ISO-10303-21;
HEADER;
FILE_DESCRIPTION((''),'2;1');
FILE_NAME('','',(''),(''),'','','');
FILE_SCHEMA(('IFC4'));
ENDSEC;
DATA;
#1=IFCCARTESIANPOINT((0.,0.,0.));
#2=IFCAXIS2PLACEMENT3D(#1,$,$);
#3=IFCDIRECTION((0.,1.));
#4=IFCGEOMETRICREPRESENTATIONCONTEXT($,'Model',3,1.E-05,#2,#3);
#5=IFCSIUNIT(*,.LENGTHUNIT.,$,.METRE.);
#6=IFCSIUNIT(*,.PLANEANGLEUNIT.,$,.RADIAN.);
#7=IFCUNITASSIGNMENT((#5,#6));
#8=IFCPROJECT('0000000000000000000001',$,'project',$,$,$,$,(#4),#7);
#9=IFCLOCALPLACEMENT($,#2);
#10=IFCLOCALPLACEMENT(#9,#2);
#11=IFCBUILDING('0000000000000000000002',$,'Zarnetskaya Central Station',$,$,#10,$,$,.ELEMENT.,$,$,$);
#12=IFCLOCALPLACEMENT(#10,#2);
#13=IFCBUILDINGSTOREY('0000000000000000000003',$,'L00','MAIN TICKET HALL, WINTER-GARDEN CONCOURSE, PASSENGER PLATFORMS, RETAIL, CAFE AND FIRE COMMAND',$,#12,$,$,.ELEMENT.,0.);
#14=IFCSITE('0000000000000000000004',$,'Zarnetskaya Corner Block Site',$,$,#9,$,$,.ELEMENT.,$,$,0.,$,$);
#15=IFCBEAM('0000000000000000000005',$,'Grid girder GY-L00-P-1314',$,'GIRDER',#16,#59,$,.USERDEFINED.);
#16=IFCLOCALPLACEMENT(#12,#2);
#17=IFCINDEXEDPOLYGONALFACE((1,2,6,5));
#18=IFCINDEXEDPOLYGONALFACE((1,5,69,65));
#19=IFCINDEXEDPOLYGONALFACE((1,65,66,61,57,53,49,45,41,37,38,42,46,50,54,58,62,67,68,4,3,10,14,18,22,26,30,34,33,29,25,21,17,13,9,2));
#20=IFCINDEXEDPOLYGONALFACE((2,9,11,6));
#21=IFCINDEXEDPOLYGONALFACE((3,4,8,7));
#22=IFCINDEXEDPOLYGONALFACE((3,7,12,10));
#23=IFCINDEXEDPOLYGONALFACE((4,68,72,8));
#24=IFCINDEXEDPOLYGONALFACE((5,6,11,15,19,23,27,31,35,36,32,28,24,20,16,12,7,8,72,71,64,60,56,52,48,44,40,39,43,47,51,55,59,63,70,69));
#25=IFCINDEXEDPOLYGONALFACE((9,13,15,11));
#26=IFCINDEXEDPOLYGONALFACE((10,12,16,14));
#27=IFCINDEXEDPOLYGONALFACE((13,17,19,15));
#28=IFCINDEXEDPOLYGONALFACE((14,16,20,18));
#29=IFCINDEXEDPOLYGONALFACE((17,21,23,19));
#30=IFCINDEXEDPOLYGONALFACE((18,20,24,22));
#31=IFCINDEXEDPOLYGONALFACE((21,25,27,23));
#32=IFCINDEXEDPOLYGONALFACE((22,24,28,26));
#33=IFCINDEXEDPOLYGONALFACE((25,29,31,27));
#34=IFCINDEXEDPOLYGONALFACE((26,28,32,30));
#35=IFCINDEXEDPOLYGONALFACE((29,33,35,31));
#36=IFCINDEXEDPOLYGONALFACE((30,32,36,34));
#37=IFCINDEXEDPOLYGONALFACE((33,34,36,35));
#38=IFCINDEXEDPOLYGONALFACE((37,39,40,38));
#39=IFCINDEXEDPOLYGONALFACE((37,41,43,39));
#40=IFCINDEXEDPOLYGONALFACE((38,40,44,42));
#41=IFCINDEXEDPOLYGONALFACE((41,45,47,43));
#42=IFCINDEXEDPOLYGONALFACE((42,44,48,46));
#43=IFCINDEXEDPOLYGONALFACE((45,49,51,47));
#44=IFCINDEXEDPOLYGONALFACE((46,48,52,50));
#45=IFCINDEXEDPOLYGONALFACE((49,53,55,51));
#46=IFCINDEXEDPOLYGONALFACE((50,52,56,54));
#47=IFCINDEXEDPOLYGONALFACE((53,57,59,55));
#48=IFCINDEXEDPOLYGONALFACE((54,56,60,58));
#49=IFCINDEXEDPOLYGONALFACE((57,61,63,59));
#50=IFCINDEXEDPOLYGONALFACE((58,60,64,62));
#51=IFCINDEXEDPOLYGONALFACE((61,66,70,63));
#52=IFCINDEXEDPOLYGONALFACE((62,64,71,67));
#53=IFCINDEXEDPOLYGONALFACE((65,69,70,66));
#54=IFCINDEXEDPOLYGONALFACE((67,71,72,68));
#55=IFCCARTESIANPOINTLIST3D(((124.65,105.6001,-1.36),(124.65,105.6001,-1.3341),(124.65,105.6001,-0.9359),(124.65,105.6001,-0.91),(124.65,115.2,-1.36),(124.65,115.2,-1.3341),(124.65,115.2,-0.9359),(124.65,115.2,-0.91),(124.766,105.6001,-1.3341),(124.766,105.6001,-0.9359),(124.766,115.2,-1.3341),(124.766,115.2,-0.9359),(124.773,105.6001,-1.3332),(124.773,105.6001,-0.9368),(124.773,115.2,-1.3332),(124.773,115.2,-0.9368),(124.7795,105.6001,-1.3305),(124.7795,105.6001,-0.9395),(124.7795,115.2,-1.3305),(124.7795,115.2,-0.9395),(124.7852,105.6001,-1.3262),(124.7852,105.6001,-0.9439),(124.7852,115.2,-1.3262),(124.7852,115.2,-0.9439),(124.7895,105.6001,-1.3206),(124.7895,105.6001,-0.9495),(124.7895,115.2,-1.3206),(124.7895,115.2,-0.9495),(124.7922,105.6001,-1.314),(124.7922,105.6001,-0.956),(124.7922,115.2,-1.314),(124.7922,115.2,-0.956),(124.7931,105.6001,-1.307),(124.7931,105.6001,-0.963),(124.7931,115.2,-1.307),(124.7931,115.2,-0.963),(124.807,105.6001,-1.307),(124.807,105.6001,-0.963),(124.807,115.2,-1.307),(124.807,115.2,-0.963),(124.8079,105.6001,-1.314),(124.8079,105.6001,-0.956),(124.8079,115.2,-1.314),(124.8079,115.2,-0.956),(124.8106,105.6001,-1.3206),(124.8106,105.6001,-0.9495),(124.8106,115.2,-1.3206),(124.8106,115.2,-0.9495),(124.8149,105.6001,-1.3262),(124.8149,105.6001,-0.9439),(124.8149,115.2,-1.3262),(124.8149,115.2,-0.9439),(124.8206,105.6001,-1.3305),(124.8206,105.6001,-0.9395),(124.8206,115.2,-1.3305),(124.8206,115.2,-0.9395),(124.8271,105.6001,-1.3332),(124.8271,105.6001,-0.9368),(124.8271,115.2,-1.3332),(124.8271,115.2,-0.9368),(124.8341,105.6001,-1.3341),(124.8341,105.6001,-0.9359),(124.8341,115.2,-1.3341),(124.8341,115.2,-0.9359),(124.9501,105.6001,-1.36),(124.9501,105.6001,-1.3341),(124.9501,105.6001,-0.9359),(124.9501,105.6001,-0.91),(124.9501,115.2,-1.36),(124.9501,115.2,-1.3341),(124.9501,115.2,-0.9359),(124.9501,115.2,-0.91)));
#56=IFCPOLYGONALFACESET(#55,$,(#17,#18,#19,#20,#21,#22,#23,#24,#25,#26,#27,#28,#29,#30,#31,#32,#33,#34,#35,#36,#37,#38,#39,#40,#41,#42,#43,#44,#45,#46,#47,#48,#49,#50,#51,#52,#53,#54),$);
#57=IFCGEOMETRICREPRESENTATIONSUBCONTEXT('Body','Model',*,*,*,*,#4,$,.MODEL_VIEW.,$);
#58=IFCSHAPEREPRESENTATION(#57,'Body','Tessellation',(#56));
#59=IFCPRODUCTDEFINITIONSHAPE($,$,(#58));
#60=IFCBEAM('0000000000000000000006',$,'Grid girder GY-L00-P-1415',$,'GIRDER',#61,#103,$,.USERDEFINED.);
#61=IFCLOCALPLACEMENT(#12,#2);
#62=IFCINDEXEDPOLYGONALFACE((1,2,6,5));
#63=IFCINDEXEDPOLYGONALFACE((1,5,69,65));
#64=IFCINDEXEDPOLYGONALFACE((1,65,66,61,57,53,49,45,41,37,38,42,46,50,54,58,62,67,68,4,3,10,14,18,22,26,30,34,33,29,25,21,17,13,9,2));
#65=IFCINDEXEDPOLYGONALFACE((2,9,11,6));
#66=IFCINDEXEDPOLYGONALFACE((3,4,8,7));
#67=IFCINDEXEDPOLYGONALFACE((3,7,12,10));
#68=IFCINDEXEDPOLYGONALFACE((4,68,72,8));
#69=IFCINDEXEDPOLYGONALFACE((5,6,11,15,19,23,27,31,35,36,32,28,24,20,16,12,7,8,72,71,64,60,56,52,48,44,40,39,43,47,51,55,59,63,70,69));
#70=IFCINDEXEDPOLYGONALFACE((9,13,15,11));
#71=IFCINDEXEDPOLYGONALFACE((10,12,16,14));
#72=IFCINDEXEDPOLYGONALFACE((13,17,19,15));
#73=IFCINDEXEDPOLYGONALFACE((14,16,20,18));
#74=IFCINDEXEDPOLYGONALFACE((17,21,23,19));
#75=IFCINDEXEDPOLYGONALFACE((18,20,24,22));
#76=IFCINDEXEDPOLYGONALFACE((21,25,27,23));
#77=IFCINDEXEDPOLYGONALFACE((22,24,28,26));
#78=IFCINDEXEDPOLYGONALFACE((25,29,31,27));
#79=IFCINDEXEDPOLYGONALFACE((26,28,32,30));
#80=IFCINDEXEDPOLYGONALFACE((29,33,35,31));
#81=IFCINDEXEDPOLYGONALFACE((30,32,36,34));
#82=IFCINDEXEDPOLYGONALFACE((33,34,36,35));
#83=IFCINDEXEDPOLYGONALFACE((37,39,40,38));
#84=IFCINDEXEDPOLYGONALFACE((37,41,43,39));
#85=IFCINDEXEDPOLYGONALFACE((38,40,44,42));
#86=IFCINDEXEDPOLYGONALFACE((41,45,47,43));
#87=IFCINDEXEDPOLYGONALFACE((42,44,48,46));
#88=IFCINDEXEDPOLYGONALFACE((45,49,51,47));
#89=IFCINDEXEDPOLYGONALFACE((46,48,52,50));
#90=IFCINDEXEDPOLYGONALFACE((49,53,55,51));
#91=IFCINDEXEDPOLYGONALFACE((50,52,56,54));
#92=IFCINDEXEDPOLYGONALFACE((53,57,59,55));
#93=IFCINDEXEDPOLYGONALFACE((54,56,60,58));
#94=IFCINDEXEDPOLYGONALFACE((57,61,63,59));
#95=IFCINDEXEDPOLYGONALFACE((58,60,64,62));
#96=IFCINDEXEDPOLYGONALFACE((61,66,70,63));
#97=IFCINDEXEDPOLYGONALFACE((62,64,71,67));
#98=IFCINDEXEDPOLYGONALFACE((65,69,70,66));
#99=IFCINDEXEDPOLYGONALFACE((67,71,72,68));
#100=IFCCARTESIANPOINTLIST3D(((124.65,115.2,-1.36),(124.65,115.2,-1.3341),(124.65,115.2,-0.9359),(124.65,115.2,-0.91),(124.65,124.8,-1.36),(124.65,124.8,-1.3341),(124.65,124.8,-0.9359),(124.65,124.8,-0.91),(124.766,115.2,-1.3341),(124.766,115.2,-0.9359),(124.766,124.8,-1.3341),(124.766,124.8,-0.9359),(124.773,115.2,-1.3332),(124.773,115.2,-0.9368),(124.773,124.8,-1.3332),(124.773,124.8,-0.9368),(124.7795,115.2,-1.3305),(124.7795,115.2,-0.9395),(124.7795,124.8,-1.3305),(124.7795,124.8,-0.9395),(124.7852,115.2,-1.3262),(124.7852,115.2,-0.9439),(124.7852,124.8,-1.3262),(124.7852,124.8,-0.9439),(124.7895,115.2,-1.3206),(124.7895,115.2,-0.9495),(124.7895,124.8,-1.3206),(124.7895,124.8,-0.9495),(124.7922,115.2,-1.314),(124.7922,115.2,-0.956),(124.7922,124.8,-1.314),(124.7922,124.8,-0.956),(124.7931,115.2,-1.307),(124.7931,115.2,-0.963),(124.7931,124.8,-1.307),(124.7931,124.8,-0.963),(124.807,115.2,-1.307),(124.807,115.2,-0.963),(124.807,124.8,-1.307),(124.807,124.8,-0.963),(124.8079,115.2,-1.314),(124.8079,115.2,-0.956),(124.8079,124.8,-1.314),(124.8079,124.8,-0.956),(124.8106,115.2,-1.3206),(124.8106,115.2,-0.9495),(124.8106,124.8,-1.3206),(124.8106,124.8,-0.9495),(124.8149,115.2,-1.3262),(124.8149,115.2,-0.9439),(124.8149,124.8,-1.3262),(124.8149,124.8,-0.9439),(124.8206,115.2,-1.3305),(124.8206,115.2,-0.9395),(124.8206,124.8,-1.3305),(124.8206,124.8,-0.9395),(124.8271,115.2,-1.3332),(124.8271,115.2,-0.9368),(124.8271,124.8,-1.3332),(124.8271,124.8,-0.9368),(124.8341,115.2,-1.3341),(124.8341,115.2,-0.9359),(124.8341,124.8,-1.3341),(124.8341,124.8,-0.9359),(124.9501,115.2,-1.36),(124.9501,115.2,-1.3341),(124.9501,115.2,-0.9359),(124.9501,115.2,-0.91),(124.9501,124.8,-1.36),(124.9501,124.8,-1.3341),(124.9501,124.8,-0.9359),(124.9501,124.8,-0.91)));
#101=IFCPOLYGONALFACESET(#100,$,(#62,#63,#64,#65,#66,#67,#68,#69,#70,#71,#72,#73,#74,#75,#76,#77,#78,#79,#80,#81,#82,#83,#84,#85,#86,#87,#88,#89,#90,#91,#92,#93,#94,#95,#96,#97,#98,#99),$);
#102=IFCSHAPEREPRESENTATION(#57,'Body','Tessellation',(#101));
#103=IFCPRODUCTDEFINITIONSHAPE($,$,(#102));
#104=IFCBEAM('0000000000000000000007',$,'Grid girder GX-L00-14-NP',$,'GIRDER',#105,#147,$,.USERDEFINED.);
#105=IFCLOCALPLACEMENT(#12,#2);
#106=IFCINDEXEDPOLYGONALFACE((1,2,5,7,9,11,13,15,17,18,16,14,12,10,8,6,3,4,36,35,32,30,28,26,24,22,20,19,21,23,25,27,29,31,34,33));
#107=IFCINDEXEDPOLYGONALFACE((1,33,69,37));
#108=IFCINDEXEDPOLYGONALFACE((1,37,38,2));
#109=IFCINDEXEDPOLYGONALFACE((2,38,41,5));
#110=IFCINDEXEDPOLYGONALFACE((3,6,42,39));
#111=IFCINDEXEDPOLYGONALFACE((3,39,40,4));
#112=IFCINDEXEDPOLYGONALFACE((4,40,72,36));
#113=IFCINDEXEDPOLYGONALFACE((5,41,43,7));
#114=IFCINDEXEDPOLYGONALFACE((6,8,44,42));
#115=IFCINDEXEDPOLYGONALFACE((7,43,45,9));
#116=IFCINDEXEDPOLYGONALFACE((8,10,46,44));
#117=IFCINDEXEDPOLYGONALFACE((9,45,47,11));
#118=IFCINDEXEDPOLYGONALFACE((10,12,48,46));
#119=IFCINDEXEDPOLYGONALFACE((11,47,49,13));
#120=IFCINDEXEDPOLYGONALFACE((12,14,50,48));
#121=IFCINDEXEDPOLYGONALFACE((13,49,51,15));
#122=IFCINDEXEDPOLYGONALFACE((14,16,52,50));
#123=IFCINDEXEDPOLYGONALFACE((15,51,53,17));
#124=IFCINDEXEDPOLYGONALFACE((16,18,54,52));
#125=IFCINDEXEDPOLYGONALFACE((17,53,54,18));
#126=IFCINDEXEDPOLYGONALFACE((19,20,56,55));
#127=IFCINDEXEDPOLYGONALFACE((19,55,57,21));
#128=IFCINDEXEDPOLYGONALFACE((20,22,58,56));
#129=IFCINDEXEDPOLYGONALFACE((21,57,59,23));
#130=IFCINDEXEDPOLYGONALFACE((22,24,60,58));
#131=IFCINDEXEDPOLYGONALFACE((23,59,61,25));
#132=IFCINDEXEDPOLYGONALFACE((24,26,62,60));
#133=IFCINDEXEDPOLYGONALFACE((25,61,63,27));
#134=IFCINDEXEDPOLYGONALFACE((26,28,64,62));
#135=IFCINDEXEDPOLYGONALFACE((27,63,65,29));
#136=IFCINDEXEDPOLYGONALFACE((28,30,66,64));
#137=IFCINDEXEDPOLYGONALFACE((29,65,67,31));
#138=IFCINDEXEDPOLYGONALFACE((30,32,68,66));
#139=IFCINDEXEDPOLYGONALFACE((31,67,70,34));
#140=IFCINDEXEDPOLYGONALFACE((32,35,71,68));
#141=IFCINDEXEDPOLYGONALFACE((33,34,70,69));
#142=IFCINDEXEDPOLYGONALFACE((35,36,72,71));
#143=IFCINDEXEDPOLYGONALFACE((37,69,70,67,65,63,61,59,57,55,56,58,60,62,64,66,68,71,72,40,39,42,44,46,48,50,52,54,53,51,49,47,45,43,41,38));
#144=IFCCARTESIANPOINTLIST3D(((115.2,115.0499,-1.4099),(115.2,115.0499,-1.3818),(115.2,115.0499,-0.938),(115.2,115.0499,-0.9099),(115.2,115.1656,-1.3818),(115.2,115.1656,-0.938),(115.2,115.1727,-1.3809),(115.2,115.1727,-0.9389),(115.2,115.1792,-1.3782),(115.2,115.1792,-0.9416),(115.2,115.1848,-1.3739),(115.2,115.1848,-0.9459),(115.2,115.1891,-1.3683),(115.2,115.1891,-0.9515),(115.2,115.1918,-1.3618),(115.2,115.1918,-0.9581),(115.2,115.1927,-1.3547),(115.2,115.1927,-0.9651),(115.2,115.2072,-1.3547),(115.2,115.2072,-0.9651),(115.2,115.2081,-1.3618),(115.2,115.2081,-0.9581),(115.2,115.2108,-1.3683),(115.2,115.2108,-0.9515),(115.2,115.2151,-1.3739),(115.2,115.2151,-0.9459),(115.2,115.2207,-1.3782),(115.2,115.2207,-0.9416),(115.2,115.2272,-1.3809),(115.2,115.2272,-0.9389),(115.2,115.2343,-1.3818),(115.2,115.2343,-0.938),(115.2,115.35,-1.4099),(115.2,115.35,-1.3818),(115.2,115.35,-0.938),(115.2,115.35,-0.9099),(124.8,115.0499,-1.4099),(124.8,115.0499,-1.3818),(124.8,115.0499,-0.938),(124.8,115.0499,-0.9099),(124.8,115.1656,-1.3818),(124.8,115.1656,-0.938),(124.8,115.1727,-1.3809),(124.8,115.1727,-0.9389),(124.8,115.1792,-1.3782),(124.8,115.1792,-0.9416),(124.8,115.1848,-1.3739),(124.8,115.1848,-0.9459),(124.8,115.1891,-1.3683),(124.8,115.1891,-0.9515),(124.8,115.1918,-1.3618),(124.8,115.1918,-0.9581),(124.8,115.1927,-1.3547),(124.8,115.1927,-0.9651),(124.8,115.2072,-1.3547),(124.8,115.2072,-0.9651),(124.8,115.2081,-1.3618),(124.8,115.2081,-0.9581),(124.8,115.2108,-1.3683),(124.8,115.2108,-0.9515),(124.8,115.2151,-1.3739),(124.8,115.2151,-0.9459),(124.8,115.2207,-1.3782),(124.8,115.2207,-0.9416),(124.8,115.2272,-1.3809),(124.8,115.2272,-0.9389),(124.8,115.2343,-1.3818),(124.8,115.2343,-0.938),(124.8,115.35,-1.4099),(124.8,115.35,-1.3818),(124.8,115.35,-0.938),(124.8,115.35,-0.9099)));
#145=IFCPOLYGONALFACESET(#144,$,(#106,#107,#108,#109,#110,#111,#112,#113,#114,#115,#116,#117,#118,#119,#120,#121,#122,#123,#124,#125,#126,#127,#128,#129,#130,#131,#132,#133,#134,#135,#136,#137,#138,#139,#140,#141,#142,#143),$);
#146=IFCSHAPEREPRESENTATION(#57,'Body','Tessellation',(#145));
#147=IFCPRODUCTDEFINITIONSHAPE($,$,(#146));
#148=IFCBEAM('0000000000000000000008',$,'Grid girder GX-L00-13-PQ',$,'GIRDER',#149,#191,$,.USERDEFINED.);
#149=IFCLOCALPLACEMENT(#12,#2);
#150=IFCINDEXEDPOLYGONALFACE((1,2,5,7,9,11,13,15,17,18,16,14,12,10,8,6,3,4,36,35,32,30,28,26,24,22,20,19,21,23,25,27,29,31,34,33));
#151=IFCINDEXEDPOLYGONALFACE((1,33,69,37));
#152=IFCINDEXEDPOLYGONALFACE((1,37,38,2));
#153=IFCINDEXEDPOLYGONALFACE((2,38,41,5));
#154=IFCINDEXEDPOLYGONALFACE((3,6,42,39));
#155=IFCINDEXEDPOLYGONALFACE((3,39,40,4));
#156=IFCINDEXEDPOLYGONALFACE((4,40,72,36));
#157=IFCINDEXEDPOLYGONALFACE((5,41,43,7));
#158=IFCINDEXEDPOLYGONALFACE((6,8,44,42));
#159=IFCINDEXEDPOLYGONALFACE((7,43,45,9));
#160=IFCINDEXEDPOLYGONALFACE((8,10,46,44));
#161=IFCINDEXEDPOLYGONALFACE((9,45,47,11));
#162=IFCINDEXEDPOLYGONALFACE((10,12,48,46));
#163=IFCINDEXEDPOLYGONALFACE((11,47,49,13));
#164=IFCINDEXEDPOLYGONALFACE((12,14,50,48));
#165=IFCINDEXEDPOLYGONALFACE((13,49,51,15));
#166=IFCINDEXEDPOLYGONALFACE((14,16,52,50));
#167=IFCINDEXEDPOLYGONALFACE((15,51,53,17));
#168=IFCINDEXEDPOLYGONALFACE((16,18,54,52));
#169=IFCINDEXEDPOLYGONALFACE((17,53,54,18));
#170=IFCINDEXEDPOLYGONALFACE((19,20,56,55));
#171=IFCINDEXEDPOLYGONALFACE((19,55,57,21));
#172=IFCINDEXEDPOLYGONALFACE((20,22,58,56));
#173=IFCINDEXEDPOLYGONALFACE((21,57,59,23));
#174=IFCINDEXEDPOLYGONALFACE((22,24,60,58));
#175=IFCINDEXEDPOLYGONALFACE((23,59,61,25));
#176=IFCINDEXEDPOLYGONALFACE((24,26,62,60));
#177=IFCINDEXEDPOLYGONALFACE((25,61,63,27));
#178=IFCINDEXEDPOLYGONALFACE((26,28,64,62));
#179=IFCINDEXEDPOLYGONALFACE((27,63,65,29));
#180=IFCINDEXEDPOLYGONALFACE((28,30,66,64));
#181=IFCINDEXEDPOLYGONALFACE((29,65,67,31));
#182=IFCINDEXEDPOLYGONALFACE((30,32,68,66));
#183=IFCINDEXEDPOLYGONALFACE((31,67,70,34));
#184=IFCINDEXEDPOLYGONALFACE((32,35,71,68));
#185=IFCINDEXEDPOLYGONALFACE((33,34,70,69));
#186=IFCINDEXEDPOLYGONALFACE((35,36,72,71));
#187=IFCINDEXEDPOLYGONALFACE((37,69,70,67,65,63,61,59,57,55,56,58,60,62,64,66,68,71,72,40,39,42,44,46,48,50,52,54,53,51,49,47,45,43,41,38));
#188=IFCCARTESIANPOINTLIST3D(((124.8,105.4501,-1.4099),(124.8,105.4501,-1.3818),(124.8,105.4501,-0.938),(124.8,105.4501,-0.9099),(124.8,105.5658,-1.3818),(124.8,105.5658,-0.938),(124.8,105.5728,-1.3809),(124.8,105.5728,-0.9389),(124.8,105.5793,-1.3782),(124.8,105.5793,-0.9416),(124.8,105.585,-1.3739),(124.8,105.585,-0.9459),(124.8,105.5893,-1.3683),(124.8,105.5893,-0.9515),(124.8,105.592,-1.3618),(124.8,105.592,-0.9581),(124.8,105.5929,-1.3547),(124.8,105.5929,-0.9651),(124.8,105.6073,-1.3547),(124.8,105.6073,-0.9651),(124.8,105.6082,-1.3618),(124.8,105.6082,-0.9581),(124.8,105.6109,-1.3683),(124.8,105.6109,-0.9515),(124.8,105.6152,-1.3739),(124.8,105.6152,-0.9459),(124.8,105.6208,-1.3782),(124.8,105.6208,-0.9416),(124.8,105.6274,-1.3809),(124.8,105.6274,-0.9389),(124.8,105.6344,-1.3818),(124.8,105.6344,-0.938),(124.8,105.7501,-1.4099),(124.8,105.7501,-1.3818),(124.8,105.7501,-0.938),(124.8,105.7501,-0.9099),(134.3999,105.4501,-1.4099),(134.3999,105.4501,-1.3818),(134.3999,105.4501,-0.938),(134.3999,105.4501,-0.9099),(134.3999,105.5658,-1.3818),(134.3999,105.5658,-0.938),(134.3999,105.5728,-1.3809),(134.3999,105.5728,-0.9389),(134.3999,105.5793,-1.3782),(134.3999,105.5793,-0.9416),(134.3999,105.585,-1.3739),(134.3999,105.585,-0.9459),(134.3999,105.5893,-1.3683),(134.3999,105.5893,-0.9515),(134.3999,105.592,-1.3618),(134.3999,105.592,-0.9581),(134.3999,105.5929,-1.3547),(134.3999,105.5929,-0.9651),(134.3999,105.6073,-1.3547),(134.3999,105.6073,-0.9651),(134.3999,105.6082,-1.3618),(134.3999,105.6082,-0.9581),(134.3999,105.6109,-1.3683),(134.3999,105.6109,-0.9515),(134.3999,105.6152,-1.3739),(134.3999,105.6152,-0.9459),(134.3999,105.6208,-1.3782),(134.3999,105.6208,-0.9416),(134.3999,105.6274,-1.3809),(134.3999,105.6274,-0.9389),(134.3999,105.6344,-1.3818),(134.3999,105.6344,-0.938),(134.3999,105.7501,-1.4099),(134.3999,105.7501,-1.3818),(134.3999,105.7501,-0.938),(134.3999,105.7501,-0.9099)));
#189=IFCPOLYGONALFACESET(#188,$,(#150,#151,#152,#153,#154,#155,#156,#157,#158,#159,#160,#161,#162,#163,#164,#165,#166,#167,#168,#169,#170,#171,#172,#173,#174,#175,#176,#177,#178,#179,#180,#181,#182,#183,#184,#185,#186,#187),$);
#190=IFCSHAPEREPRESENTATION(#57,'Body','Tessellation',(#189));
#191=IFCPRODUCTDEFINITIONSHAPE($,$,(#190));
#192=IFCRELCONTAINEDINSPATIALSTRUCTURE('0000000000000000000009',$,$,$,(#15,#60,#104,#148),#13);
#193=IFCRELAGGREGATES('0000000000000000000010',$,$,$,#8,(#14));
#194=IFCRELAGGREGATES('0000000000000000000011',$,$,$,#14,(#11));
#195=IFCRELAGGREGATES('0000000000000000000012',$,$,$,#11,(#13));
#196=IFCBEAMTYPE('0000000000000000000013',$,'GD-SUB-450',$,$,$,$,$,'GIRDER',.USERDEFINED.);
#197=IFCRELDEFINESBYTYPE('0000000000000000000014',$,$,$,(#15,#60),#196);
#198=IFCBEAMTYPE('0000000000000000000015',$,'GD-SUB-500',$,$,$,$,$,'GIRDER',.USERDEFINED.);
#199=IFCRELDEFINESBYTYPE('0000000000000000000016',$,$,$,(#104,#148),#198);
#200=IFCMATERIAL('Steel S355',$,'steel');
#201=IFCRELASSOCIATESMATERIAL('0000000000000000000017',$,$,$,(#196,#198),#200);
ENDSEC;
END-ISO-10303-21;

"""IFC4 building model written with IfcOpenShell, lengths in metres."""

from ifc_helpers import new_model, si_unit, direction, frame, origin, origin_2d, place, context, subcontext, project, spatial, i_section, extrude, material, material_profile, profile_set, type_object, element, save


model = new_model("IFC4")

# Units and contexts
model_context = context("Model", 3, precision=1e-05, world=origin(), true_north=direction((0.0, 1.0)))
body_context = subcontext(model_context, "Body", "Model", "MODEL_VIEW")
ifc_project = project(units=[si_unit("LENGTHUNIT", "METRE"), si_unit("PLANEANGLEUNIT", "RADIAN")], contexts=[model_context])

# Site, building, storey
site_placement = place(None, origin())
site = spatial("IfcSite", under=ifc_project, at=site_placement, Name="Zarnetskaya Corner Block Site", CompositionType="ELEMENT", RefElevation=0.0)
building_placement = place(site_placement, origin())
building = spatial("IfcBuilding", under=site, at=building_placement, Name="Zarnetskaya Central Station", CompositionType="ELEMENT")
storey_placement = place(building_placement, origin())
storey = spatial("IfcBuildingStorey", under=building, at=storey_placement, Name="L00", Description="MAIN TICKET HALL, WINTER-GARDEN CONCOURSE, PASSENGER PLATFORMS, RETAIL, CAFE AND FIRE COMMAND", CompositionType="ELEMENT", Elevation=0.0)

# Shared definitions
ifc_material = material(Name="Steel S355", Category="steel")

# Beams
ifc_material_profile_1 = material_profile(ifc_material, i_section(OverallWidth=0.3, OverallDepth=0.45, WebThickness=0.0139, FlangeThickness=0.0259, FilletRadius=0.0271, at=origin_2d()), Name="HEB 450")
ifc_profile_set_1 = profile_set([ifc_material_profile_1], Name="Steel S355")
beam_type_1 = type_object("IfcBeamType", Name="GD-SUB-450", ElementType="GIRDER", PredefinedType="USERDEFINED", material=ifc_profile_set_1)
beam_1_placement = place(storey_placement, frame((124.8, 105.6001, -1.135), z_axis=(0.0, 1.0, 0.0), x_axis=(-1.0, 0.0, 0.0)))
element("IfcBeam", 1, at=beam_1_placement, inside=storey, type_object=beam_type_1, Name="Grid girder GY-L00-P-1314", ObjectType="GIRDER", PredefinedType="USERDEFINED", context=body_context, shape_type="SweptSolid", body=[
    extrude(i_section(OverallWidth=0.3, OverallDepth=0.45, WebThickness=0.0139, FlangeThickness=0.0259, FilletRadius=0.0271, at=origin_2d()), origin(), (0.0, 0.0, 1.0), 9.5999),
])
beam_2_placement = place(storey_placement, frame((124.8, 115.2, -1.135), z_axis=(0.0, 1.0, 0.0), x_axis=(-1.0, 0.0, 0.0)))
element("IfcBeam", 2, at=beam_2_placement, inside=storey, type_object=beam_type_1, Name="Grid girder GY-L00-P-1415", ObjectType="GIRDER", PredefinedType="USERDEFINED", context=body_context, shape_type="SweptSolid", body=[
    extrude(i_section(OverallWidth=0.3, OverallDepth=0.45, WebThickness=0.0139, FlangeThickness=0.0259, FilletRadius=0.0271, at=origin_2d()), origin(), (0.0, 0.0, 1.0), 9.6001),
])
ifc_material_profile_2 = material_profile(ifc_material, i_section(OverallWidth=0.3, OverallDepth=0.5, WebThickness=0.0144, FlangeThickness=0.0281, FilletRadius=0.0271, at=origin_2d()), Name="HEB 500")
ifc_profile_set_2 = profile_set([ifc_material_profile_2], Name="Steel S355")
beam_type_2 = type_object("IfcBeamType", Name="GD-SUB-500", ElementType="GIRDER", PredefinedType="USERDEFINED", material=ifc_profile_set_2)
beam_3_placement = place(storey_placement, frame((115.2, 115.2, -1.1599), z_axis=(1.0, 0.0, 0.0), x_axis=(0.0, 1.0, 0.0)))
element("IfcBeam", 3, at=beam_3_placement, inside=storey, type_object=beam_type_2, Name="Grid girder GX-L00-14-NP", ObjectType="GIRDER", PredefinedType="USERDEFINED", context=body_context, shape_type="SweptSolid", body=[
    extrude(i_section(OverallWidth=0.3, OverallDepth=0.5, WebThickness=0.0144, FlangeThickness=0.0281, FilletRadius=0.0271, at=origin_2d()), origin(), (0.0, 0.0, 1.0), 9.6001),
])
for number, where, z_axis, x_axis, name in (
    (4, (124.8, 105.6001, -1.1599), (1.0, 0.0, 0.0), (0.0, 1.0, 0.0), "Grid girder GX-L00-13-PQ"),
):
    element("IfcBeam", number, at=place(storey_placement, frame(where, z_axis=z_axis, x_axis=x_axis)), inside=storey, type_object=beam_type_2, Name=name, ObjectType="GIRDER", PredefinedType="USERDEFINED", context=body_context, shape_type="SweptSolid", body=[
        extrude(i_section(OverallWidth=0.3, OverallDepth=0.5, WebThickness=0.0144, FlangeThickness=0.0281, FilletRadius=0.0271, at=origin_2d()), origin(), (0.0, 0.0, 1.0), 9.5999),
    ])

save(model, "model.ifc")
